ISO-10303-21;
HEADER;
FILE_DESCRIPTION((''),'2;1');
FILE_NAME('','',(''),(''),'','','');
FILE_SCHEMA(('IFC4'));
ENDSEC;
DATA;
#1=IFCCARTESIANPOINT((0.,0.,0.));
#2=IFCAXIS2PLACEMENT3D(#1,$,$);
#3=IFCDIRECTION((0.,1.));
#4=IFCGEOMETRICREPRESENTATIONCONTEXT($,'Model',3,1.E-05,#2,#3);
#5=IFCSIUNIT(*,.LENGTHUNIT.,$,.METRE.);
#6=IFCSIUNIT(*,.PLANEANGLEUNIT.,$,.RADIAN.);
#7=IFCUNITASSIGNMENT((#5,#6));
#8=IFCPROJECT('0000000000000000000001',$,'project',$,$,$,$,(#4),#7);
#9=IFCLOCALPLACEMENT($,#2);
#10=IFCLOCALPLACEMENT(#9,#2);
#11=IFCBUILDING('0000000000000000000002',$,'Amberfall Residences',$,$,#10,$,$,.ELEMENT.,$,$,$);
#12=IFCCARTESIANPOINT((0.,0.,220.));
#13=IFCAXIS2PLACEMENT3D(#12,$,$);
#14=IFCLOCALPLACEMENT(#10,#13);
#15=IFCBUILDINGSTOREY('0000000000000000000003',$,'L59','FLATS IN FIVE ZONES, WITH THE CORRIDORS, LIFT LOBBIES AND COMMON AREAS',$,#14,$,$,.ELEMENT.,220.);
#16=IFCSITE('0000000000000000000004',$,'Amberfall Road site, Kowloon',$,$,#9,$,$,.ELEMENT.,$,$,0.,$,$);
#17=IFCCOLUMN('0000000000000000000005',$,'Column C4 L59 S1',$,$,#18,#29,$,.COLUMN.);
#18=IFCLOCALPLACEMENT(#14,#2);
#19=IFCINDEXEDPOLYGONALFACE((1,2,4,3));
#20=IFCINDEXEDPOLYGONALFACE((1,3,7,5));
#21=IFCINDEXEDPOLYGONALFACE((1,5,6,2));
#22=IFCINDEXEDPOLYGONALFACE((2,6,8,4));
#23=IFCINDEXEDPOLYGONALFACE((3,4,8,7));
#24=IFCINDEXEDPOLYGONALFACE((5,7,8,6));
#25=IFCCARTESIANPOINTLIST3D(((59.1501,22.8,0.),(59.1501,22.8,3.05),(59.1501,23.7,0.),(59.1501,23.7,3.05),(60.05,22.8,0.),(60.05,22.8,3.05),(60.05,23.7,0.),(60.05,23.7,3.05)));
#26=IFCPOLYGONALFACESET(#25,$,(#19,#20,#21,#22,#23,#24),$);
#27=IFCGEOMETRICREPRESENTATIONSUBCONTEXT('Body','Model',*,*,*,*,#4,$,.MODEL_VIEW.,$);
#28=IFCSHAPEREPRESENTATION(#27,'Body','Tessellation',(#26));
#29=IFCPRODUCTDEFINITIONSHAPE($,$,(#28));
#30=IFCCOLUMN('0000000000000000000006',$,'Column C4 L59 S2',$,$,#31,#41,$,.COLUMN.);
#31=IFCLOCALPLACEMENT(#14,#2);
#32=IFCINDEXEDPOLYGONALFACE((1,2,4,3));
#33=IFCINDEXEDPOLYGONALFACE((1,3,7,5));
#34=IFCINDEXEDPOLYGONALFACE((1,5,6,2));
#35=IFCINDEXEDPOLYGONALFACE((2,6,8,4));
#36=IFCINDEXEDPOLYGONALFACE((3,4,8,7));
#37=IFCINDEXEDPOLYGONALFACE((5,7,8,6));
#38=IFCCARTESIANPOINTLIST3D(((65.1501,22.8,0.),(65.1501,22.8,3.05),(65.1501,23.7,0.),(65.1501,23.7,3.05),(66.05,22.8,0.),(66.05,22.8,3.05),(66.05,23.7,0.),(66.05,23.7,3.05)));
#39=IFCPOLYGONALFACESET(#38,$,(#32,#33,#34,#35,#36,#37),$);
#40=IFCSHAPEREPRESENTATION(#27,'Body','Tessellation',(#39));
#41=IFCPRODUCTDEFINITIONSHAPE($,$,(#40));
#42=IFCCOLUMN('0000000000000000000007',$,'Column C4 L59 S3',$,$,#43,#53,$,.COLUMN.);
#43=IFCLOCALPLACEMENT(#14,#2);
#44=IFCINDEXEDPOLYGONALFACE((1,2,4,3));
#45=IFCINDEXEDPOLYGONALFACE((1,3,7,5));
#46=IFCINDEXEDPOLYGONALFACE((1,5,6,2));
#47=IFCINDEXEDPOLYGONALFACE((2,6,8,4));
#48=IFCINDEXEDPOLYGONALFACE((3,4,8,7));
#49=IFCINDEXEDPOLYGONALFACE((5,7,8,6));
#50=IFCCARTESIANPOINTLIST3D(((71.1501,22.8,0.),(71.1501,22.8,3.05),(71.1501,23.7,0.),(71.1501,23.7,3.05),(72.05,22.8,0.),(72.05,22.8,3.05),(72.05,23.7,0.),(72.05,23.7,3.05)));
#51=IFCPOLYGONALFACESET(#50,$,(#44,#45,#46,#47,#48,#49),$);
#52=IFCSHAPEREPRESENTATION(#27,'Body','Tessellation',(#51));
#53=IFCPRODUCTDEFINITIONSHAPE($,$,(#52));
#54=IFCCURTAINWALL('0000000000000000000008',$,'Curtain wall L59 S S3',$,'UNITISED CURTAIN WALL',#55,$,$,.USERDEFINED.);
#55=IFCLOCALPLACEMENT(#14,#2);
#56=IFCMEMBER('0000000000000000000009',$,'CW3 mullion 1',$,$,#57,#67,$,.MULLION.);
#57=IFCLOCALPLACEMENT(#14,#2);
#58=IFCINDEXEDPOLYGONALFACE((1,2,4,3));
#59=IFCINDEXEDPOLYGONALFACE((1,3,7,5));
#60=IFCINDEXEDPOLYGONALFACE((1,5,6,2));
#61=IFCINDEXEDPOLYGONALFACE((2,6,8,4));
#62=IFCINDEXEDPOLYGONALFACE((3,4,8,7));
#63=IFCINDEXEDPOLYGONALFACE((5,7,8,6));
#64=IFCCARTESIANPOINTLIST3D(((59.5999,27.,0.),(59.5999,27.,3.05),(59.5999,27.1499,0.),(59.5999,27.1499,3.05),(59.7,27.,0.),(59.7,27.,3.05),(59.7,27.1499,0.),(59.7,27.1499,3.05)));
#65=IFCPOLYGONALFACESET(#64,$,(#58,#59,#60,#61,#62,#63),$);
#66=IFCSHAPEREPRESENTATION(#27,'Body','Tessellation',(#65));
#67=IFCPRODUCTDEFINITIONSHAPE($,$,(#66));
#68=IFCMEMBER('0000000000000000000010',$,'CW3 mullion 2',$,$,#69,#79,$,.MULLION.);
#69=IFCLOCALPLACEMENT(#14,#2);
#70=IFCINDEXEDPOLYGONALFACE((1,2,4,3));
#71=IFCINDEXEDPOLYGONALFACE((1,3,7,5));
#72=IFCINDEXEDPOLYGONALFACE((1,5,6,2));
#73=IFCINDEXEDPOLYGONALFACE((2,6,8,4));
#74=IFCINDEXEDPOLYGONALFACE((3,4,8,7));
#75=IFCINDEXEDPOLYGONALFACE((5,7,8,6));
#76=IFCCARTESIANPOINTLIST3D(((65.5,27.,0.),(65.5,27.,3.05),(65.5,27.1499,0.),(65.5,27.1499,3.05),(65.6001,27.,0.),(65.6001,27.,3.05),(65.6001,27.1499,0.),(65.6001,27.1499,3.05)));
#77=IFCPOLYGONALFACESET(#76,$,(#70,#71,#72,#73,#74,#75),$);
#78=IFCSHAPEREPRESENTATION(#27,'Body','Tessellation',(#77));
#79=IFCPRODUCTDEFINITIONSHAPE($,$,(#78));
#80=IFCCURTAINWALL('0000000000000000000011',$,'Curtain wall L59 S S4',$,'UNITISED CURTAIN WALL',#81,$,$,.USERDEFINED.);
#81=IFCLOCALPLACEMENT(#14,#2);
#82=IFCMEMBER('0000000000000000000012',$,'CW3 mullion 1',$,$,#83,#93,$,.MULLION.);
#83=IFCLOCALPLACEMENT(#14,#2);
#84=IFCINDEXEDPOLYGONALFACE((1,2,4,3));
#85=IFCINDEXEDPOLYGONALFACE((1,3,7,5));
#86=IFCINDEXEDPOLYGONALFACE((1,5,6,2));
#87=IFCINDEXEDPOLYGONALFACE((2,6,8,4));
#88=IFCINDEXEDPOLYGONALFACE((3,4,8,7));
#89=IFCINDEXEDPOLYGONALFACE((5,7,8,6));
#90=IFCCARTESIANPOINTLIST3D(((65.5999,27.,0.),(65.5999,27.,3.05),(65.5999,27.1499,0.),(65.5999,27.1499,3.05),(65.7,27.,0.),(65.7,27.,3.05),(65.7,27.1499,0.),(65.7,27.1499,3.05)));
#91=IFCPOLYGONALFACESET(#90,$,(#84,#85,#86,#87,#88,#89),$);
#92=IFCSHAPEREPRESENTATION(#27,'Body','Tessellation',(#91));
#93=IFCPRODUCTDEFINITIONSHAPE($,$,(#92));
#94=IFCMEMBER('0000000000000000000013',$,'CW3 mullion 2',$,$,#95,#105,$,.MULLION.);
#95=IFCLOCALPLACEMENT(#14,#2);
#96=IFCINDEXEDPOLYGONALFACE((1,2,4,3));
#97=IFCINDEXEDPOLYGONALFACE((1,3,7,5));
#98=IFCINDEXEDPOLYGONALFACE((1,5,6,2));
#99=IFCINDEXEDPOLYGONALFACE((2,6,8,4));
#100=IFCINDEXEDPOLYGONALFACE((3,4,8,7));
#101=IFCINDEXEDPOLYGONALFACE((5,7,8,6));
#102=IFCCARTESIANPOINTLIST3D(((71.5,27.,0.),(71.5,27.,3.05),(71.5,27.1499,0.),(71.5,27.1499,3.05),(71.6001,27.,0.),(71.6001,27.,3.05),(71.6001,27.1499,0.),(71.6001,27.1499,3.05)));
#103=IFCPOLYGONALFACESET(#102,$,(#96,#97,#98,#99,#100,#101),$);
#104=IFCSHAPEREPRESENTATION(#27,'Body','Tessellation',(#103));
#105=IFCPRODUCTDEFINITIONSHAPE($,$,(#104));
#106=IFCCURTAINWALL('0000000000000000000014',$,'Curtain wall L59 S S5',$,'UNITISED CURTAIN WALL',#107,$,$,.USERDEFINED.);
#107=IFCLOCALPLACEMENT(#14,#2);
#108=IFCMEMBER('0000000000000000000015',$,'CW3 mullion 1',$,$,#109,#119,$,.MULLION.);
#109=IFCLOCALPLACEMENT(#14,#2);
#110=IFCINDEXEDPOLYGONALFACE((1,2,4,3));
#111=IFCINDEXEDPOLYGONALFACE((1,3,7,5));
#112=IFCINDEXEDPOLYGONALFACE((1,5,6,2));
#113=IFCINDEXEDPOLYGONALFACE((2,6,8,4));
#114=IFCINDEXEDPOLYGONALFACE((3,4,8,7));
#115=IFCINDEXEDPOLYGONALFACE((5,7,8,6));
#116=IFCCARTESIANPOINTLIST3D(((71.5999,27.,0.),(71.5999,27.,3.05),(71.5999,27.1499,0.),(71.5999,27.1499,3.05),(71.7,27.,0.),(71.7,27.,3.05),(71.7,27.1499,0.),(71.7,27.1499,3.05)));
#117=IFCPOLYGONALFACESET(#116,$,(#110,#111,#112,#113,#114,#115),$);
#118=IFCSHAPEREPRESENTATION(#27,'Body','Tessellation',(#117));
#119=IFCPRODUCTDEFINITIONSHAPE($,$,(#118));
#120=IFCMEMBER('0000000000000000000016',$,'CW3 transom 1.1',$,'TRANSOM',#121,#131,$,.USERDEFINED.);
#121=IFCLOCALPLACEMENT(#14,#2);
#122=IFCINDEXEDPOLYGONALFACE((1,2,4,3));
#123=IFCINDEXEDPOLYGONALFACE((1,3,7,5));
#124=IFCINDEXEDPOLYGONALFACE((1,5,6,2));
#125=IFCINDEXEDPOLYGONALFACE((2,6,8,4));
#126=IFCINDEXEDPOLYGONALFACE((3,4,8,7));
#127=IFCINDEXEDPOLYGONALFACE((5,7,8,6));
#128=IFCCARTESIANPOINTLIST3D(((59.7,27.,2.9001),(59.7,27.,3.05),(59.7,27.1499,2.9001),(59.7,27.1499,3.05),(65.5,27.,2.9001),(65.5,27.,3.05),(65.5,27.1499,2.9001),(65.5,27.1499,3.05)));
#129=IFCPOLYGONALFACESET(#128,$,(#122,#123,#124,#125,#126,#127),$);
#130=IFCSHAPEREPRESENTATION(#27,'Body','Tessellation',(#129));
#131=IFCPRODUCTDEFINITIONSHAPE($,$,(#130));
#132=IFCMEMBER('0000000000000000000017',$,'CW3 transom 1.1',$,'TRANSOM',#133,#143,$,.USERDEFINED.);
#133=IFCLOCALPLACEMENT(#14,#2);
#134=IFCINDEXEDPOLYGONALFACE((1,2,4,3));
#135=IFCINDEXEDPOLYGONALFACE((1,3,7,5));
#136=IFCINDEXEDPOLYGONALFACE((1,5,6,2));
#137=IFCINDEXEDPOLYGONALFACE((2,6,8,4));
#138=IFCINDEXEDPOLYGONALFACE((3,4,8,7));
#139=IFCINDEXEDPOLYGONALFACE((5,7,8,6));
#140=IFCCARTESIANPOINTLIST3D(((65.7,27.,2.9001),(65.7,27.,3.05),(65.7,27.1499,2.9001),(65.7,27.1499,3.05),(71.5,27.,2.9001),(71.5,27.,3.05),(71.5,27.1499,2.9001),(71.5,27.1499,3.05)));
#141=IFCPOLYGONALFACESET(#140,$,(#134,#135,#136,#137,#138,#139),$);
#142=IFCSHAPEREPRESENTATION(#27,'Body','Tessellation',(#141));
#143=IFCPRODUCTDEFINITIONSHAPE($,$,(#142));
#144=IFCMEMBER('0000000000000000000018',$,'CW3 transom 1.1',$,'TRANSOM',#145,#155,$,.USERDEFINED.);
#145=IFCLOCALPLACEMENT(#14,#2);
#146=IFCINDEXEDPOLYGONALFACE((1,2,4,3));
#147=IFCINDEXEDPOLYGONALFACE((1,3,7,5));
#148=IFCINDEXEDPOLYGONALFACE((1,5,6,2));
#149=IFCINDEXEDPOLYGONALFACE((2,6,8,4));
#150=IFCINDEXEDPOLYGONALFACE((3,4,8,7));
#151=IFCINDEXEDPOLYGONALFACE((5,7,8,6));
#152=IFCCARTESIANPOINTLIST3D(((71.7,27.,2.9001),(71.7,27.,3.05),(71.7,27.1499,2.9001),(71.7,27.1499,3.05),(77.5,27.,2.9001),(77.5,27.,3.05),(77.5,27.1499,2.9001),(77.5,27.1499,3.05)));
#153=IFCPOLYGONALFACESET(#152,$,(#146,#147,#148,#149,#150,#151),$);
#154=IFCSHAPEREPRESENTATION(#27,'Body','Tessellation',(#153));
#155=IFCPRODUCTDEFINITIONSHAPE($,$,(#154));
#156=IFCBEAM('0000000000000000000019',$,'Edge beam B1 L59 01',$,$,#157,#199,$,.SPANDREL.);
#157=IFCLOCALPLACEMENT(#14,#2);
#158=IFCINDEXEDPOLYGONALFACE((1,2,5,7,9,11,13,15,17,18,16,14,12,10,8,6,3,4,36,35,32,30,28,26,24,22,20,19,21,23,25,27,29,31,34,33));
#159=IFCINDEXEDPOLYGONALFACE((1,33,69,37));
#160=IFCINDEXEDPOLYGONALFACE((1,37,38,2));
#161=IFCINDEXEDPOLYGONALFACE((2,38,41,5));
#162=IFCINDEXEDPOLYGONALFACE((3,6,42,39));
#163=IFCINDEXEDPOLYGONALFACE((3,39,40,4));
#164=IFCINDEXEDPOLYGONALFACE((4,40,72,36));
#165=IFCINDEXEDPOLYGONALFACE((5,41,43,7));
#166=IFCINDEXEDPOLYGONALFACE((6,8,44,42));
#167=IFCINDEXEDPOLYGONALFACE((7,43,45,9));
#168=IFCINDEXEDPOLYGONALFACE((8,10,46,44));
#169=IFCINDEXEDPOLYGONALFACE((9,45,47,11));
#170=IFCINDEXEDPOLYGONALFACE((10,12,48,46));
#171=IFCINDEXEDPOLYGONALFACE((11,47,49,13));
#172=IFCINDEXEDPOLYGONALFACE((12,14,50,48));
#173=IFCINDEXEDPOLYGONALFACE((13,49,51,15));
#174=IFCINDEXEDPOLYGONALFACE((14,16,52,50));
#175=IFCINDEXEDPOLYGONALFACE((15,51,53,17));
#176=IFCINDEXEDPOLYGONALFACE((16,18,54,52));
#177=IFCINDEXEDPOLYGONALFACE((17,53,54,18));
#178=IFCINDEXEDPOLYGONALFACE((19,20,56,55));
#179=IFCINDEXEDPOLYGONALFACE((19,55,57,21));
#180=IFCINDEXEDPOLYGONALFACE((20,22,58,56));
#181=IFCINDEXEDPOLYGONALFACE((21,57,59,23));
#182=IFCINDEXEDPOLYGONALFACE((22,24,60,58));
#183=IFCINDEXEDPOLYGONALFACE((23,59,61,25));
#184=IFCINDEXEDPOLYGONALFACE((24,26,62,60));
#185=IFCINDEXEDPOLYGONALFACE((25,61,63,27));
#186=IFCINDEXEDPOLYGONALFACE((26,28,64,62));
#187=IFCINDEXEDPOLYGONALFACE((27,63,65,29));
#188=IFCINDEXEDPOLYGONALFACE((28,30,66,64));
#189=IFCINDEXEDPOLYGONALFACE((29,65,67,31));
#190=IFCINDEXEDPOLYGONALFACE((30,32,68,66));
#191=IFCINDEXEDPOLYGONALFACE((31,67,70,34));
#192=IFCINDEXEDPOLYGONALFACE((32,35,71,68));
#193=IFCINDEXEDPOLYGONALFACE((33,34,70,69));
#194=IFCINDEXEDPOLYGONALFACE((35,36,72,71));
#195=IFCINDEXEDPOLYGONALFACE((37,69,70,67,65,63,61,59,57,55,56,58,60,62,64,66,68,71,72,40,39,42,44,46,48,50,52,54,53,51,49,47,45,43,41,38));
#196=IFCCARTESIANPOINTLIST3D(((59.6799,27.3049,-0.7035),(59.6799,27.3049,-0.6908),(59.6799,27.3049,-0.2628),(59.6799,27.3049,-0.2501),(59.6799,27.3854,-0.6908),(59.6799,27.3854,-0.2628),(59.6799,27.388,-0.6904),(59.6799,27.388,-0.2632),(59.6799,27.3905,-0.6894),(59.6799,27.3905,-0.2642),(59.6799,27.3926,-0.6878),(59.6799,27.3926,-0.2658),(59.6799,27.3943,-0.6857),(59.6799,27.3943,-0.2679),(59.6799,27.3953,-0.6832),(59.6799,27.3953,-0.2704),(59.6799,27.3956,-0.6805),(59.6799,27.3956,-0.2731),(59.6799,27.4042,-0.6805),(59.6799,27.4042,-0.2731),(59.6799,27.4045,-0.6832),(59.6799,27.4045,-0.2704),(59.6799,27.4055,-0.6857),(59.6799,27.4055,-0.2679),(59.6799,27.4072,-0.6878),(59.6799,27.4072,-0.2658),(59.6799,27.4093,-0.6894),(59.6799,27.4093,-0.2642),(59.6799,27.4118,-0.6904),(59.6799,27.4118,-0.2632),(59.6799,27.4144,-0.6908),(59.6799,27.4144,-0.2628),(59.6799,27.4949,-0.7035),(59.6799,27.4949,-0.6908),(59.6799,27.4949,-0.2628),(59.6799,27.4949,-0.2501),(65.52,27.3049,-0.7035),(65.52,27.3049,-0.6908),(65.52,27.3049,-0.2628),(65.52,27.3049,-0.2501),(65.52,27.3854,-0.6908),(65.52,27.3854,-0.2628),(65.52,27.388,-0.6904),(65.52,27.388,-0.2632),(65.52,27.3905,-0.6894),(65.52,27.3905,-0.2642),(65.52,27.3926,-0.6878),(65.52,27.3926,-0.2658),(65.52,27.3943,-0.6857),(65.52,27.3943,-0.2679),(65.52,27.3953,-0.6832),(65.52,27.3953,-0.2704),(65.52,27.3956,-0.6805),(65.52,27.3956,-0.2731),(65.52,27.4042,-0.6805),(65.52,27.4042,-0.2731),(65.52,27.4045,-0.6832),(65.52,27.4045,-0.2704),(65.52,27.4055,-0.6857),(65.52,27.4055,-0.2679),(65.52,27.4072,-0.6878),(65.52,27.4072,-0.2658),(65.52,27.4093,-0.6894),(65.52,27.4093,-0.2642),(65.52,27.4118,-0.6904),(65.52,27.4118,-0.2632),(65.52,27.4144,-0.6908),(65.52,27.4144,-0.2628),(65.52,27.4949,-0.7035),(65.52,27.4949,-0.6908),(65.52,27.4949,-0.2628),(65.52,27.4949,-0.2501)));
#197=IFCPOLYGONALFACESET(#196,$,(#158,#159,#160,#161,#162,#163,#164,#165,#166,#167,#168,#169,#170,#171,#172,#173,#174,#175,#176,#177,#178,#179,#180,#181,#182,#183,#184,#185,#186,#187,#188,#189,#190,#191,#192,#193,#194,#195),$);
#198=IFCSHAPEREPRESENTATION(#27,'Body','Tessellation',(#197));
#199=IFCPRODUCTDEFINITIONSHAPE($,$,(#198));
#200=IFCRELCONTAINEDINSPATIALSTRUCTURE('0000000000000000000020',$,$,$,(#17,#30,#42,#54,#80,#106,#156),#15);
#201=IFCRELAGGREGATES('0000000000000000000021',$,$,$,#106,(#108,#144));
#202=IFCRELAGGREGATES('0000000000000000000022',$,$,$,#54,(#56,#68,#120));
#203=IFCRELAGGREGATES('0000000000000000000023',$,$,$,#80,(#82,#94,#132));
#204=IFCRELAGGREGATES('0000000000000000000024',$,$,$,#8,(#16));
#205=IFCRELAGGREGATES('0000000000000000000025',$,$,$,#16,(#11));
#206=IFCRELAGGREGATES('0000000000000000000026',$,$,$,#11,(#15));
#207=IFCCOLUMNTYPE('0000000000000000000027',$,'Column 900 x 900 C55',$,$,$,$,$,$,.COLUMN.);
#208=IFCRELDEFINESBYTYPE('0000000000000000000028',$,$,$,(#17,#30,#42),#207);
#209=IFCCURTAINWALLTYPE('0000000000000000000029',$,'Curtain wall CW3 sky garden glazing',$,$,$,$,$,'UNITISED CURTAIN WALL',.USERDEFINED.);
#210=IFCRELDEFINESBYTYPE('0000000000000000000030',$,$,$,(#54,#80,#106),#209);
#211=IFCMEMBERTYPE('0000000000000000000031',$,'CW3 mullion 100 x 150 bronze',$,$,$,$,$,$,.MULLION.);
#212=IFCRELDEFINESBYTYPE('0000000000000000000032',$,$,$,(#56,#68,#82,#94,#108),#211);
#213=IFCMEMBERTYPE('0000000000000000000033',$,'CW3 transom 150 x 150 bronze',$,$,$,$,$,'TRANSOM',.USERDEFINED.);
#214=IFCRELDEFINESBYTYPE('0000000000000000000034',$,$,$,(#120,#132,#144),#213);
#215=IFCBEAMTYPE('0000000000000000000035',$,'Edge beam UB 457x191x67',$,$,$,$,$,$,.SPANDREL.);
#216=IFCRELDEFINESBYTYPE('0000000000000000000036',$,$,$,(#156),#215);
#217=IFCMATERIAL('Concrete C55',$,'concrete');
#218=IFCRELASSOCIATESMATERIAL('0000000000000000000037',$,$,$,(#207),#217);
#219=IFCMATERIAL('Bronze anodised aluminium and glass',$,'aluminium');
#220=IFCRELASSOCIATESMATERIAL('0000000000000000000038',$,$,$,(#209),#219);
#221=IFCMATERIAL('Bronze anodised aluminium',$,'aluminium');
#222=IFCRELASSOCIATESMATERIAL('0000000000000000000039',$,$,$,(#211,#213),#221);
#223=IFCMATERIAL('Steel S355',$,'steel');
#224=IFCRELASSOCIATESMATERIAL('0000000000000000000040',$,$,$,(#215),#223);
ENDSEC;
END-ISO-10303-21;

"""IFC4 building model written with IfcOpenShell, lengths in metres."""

from ifc_helpers import new_model, si_unit, direction, frame, origin, origin_2d, place, context, subcontext, project, spatial, rectangle, i_section, extrude, material, material_profile, profile_set, type_object, element, aggregate, save


model = new_model("IFC4")

# Units and contexts
model_context = context("Model", 3, precision=1e-05, world=origin(), true_north=direction((0.0, 1.0)))
body_context = subcontext(model_context, "Body", "Model", "MODEL_VIEW")
ifc_project = project(units=[si_unit("LENGTHUNIT", "METRE"), si_unit("PLANEANGLEUNIT", "RADIAN")], contexts=[model_context])

# Site, building, storey
site_placement = place(None, origin())
site = spatial("IfcSite", under=ifc_project, at=site_placement, Name="Amberfall Road site, Kowloon", CompositionType="ELEMENT", RefElevation=0.0)
building_placement = place(site_placement, origin())
building = spatial("IfcBuilding", under=site, at=building_placement, Name="Amberfall Residences", CompositionType="ELEMENT")
storey_placement = place(building_placement, frame((0.0, 0.0, 220.0)))
storey = spatial("IfcBuildingStorey", under=building, at=storey_placement, Name="L59", Description="FLATS IN FIVE ZONES, WITH THE CORRIDORS, LIFT LOBBIES AND COMMON AREAS", CompositionType="ELEMENT", Elevation=220.0)

# Columns
ifc_material_1 = material(Name="Concrete C55", Category="concrete")
ifc_material_profile_1 = material_profile(ifc_material_1, rectangle(XDim=0.8999, YDim=0.8999, at=origin_2d()), Name="Column 900 x 900 C55")
ifc_profile_set_1 = profile_set([ifc_material_profile_1], Name="Concrete C55")
column_type = type_object("IfcColumnType", Name="Column 900 x 900 C55", PredefinedType="COLUMN", material=ifc_profile_set_1)
for number, where, z_axis, x_axis, name in (
    (1, (59.6001, 23.25, 0.0), (0.0, 0.0, 1.0), (1.0, 0.0, 0.0), "Column C4 L59 S1"),
    (2, (65.6001, 23.25, 0.0), (0.0, 0.0, 1.0), (1.0, 0.0, 0.0), "Column C4 L59 S2"),
    (3, (71.6001, 23.25, 0.0), (0.0, 0.0, 1.0), (1.0, 0.0, 0.0), "Column C4 L59 S3"),
):
    element("IfcColumn", number, at=place(storey_placement, frame(where, z_axis=z_axis, x_axis=x_axis)), inside=storey, type_object=column_type, Name=name, PredefinedType="COLUMN", context=body_context, shape_type="SweptSolid", body=[
        extrude(rectangle(XDim=0.8999, YDim=0.8999, at=origin_2d()), origin(), (0.0, 0.0, 1.0), 3.05),
    ])

# Curtain walls, members
ifc_material_2 = material(Name="Bronze anodised aluminium and glass", Category="aluminium")
curtain_wall_type_1 = type_object("IfcCurtainWallType", Name="Curtain wall CW3 sky garden glazing", ElementType="UNITISED CURTAIN WALL", PredefinedType="USERDEFINED", material=ifc_material_2)
curtain_wall_1_placement = place(storey_placement, origin())
curtain_wall_1 = element("IfcCurtainWall", 4, at=curtain_wall_1_placement, inside=storey, type_object=curtain_wall_type_1, Name="Curtain wall L59 S S3", ObjectType="UNITISED CURTAIN WALL", PredefinedType="USERDEFINED")
ifc_material_3 = material(Name="Bronze anodised aluminium", Category="aluminium")
ifc_material_profile_2 = material_profile(ifc_material_3, rectangle(XDim=0.1499, YDim=0.1001, at=origin_2d()), Name="CW3 mullion 100 x 150 bronze")
ifc_profile_set_2 = profile_set([ifc_material_profile_2], Name="Bronze anodised aluminium")
member_type_1 = type_object("IfcMemberType", Name="CW3 mullion 100 x 150 bronze", PredefinedType="MULLION", material=ifc_profile_set_2)
member_1_placement = place(storey_placement, frame((59.6499, 27.075, 0.0), z_axis=(0.0, 0.0, 1.0), x_axis=(0.0, 1.0, 0.0)))
member_1 = element("IfcMember", 5, at=member_1_placement, type_object=member_type_1, Name="CW3 mullion 1", PredefinedType="MULLION", context=body_context, shape_type="SweptSolid", body=[
    extrude(rectangle(XDim=0.1499, YDim=0.1001, at=origin_2d()), origin(), (0.0, 0.0, 1.0), 3.05),
])
member_2_placement = place(storey_placement, frame((65.55, 27.075, 0.0), z_axis=(0.0, 0.0, 1.0), x_axis=(0.0, 1.0, 0.0)))
member_2 = element("IfcMember", 6, at=member_2_placement, type_object=member_type_1, Name="CW3 mullion 2", PredefinedType="MULLION", context=body_context, shape_type="SweptSolid", body=[
    extrude(rectangle(XDim=0.1499, YDim=0.1001, at=origin_2d()), origin(), (0.0, 0.0, 1.0), 3.05),
])
curtain_wall_2_placement = place(storey_placement, origin())
curtain_wall_2 = element("IfcCurtainWall", 7, at=curtain_wall_2_placement, inside=storey, type_object=curtain_wall_type_1, Name="Curtain wall L59 S S4", ObjectType="UNITISED CURTAIN WALL", PredefinedType="USERDEFINED")
member_3_placement = place(storey_placement, frame((65.6499, 27.075, 0.0), z_axis=(0.0, 0.0, 1.0), x_axis=(0.0, 1.0, 0.0)))
member_3 = element("IfcMember", 8, at=member_3_placement, type_object=member_type_1, Name="CW3 mullion 1", PredefinedType="MULLION", context=body_context, shape_type="SweptSolid", body=[
    extrude(rectangle(XDim=0.1499, YDim=0.1001, at=origin_2d()), origin(), (0.0, 0.0, 1.0), 3.05),
])
member_4_placement = place(storey_placement, frame((71.55, 27.075, 0.0), z_axis=(0.0, 0.0, 1.0), x_axis=(0.0, 1.0, 0.0)))
member_4 = element("IfcMember", 9, at=member_4_placement, type_object=member_type_1, Name="CW3 mullion 2", PredefinedType="MULLION", context=body_context, shape_type="SweptSolid", body=[
    extrude(rectangle(XDim=0.1499, YDim=0.1001, at=origin_2d()), origin(), (0.0, 0.0, 1.0), 3.05),
])

# Curtain wall, member
curtain_wall_3_placement = place(storey_placement, origin())
curtain_wall_3 = element("IfcCurtainWall", 10, at=curtain_wall_3_placement, inside=storey, type_object=curtain_wall_type_1, Name="Curtain wall L59 S S5", ObjectType="UNITISED CURTAIN WALL", PredefinedType="USERDEFINED")
member_5_placement = place(storey_placement, frame((71.6499, 27.075, 0.0), z_axis=(0.0, 0.0, 1.0), x_axis=(0.0, 1.0, 0.0)))
member_5 = element("IfcMember", 11, at=member_5_placement, type_object=member_type_1, Name="CW3 mullion 1", PredefinedType="MULLION", context=body_context, shape_type="SweptSolid", body=[
    extrude(rectangle(XDim=0.1499, YDim=0.1001, at=origin_2d()), origin(), (0.0, 0.0, 1.0), 3.05),
])

# Members
ifc_material_profile_3 = material_profile(ifc_material_3, rectangle(XDim=0.1499, YDim=0.1499, at=origin_2d()), Name="CW3 transom 150 x 150 bronze")
ifc_profile_set_3 = profile_set([ifc_material_profile_3], Name="Bronze anodised aluminium")
member_type_2 = type_object("IfcMemberType", Name="CW3 transom 150 x 150 bronze", ElementType="TRANSOM", PredefinedType="USERDEFINED", material=ifc_profile_set_3)
member_6_placement = place(storey_placement, frame((59.7, 27.075, 2.9751), z_axis=(1.0, 0.0, 0.0), x_axis=(0.0, 1.0, 0.0)))
member_6 = element("IfcMember", 12, at=member_6_placement, type_object=member_type_2, Name="CW3 transom 1.1", ObjectType="TRANSOM", PredefinedType="USERDEFINED", context=body_context, shape_type="SweptSolid", body=[
    extrude(rectangle(XDim=0.1499, YDim=0.1499, at=origin_2d()), origin(), (0.0, 0.0, 1.0), 5.8),
])
member_7_placement = place(storey_placement, frame((65.7, 27.075, 2.9751), z_axis=(1.0, 0.0, 0.0), x_axis=(0.0, 1.0, 0.0)))
member_7 = element("IfcMember", 13, at=member_7_placement, type_object=member_type_2, Name="CW3 transom 1.1", ObjectType="TRANSOM", PredefinedType="USERDEFINED", context=body_context, shape_type="SweptSolid", body=[
    extrude(rectangle(XDim=0.1499, YDim=0.1499, at=origin_2d()), origin(), (0.0, 0.0, 1.0), 5.8),
])
member_8_placement = place(storey_placement, frame((71.7, 27.075, 2.9751), z_axis=(1.0, 0.0, 0.0), x_axis=(0.0, 1.0, 0.0)))
member_8 = element("IfcMember", 14, at=member_8_placement, type_object=member_type_2, Name="CW3 transom 1.1", ObjectType="TRANSOM", PredefinedType="USERDEFINED", context=body_context, shape_type="SweptSolid", body=[
    extrude(rectangle(XDim=0.1499, YDim=0.1499, at=origin_2d()), origin(), (0.0, 0.0, 1.0), 5.8),
])
aggregate(curtain_wall_3, [member_5, member_8])

# Beam
ifc_material_4 = material(Name="Steel S355", Category="steel")
ifc_material_profile_4 = material_profile(ifc_material_4, i_section(OverallWidth=0.1899, OverallDepth=0.4534, WebThickness=0.0085, FlangeThickness=0.0127, FilletRadius=0.0103, at=origin_2d()), Name="UB 457x191x67")
ifc_profile_set_4 = profile_set([ifc_material_profile_4], Name="Steel S355")
beam_type_1 = type_object("IfcBeamType", Name="Edge beam UB 457x191x67", PredefinedType="SPANDREL", material=ifc_profile_set_4)
for number, where, z_axis, x_axis, name in (
    (15, (59.6799, 27.3999, -0.4768), (1.0, 0.0, 0.0), (0.0, 1.0, 0.0), "Edge beam B1 L59 01"),
):
    element("IfcBeam", number, at=place(storey_placement, frame(where, z_axis=z_axis, x_axis=x_axis)), inside=storey, type_object=beam_type_1, Name=name, PredefinedType="SPANDREL", context=body_context, shape_type="SweptSolid", body=[
        extrude(i_section(OverallWidth=0.1899, OverallDepth=0.4534, WebThickness=0.0085, FlangeThickness=0.0127, FilletRadius=0.0103, at=origin_2d()), origin(), (0.0, 0.0, 1.0), 5.8401),
    ])

aggregate(curtain_wall_1, [member_1, member_2, member_6])
aggregate(curtain_wall_2, [member_3, member_4, member_7])

save(model, "model.ifc")
